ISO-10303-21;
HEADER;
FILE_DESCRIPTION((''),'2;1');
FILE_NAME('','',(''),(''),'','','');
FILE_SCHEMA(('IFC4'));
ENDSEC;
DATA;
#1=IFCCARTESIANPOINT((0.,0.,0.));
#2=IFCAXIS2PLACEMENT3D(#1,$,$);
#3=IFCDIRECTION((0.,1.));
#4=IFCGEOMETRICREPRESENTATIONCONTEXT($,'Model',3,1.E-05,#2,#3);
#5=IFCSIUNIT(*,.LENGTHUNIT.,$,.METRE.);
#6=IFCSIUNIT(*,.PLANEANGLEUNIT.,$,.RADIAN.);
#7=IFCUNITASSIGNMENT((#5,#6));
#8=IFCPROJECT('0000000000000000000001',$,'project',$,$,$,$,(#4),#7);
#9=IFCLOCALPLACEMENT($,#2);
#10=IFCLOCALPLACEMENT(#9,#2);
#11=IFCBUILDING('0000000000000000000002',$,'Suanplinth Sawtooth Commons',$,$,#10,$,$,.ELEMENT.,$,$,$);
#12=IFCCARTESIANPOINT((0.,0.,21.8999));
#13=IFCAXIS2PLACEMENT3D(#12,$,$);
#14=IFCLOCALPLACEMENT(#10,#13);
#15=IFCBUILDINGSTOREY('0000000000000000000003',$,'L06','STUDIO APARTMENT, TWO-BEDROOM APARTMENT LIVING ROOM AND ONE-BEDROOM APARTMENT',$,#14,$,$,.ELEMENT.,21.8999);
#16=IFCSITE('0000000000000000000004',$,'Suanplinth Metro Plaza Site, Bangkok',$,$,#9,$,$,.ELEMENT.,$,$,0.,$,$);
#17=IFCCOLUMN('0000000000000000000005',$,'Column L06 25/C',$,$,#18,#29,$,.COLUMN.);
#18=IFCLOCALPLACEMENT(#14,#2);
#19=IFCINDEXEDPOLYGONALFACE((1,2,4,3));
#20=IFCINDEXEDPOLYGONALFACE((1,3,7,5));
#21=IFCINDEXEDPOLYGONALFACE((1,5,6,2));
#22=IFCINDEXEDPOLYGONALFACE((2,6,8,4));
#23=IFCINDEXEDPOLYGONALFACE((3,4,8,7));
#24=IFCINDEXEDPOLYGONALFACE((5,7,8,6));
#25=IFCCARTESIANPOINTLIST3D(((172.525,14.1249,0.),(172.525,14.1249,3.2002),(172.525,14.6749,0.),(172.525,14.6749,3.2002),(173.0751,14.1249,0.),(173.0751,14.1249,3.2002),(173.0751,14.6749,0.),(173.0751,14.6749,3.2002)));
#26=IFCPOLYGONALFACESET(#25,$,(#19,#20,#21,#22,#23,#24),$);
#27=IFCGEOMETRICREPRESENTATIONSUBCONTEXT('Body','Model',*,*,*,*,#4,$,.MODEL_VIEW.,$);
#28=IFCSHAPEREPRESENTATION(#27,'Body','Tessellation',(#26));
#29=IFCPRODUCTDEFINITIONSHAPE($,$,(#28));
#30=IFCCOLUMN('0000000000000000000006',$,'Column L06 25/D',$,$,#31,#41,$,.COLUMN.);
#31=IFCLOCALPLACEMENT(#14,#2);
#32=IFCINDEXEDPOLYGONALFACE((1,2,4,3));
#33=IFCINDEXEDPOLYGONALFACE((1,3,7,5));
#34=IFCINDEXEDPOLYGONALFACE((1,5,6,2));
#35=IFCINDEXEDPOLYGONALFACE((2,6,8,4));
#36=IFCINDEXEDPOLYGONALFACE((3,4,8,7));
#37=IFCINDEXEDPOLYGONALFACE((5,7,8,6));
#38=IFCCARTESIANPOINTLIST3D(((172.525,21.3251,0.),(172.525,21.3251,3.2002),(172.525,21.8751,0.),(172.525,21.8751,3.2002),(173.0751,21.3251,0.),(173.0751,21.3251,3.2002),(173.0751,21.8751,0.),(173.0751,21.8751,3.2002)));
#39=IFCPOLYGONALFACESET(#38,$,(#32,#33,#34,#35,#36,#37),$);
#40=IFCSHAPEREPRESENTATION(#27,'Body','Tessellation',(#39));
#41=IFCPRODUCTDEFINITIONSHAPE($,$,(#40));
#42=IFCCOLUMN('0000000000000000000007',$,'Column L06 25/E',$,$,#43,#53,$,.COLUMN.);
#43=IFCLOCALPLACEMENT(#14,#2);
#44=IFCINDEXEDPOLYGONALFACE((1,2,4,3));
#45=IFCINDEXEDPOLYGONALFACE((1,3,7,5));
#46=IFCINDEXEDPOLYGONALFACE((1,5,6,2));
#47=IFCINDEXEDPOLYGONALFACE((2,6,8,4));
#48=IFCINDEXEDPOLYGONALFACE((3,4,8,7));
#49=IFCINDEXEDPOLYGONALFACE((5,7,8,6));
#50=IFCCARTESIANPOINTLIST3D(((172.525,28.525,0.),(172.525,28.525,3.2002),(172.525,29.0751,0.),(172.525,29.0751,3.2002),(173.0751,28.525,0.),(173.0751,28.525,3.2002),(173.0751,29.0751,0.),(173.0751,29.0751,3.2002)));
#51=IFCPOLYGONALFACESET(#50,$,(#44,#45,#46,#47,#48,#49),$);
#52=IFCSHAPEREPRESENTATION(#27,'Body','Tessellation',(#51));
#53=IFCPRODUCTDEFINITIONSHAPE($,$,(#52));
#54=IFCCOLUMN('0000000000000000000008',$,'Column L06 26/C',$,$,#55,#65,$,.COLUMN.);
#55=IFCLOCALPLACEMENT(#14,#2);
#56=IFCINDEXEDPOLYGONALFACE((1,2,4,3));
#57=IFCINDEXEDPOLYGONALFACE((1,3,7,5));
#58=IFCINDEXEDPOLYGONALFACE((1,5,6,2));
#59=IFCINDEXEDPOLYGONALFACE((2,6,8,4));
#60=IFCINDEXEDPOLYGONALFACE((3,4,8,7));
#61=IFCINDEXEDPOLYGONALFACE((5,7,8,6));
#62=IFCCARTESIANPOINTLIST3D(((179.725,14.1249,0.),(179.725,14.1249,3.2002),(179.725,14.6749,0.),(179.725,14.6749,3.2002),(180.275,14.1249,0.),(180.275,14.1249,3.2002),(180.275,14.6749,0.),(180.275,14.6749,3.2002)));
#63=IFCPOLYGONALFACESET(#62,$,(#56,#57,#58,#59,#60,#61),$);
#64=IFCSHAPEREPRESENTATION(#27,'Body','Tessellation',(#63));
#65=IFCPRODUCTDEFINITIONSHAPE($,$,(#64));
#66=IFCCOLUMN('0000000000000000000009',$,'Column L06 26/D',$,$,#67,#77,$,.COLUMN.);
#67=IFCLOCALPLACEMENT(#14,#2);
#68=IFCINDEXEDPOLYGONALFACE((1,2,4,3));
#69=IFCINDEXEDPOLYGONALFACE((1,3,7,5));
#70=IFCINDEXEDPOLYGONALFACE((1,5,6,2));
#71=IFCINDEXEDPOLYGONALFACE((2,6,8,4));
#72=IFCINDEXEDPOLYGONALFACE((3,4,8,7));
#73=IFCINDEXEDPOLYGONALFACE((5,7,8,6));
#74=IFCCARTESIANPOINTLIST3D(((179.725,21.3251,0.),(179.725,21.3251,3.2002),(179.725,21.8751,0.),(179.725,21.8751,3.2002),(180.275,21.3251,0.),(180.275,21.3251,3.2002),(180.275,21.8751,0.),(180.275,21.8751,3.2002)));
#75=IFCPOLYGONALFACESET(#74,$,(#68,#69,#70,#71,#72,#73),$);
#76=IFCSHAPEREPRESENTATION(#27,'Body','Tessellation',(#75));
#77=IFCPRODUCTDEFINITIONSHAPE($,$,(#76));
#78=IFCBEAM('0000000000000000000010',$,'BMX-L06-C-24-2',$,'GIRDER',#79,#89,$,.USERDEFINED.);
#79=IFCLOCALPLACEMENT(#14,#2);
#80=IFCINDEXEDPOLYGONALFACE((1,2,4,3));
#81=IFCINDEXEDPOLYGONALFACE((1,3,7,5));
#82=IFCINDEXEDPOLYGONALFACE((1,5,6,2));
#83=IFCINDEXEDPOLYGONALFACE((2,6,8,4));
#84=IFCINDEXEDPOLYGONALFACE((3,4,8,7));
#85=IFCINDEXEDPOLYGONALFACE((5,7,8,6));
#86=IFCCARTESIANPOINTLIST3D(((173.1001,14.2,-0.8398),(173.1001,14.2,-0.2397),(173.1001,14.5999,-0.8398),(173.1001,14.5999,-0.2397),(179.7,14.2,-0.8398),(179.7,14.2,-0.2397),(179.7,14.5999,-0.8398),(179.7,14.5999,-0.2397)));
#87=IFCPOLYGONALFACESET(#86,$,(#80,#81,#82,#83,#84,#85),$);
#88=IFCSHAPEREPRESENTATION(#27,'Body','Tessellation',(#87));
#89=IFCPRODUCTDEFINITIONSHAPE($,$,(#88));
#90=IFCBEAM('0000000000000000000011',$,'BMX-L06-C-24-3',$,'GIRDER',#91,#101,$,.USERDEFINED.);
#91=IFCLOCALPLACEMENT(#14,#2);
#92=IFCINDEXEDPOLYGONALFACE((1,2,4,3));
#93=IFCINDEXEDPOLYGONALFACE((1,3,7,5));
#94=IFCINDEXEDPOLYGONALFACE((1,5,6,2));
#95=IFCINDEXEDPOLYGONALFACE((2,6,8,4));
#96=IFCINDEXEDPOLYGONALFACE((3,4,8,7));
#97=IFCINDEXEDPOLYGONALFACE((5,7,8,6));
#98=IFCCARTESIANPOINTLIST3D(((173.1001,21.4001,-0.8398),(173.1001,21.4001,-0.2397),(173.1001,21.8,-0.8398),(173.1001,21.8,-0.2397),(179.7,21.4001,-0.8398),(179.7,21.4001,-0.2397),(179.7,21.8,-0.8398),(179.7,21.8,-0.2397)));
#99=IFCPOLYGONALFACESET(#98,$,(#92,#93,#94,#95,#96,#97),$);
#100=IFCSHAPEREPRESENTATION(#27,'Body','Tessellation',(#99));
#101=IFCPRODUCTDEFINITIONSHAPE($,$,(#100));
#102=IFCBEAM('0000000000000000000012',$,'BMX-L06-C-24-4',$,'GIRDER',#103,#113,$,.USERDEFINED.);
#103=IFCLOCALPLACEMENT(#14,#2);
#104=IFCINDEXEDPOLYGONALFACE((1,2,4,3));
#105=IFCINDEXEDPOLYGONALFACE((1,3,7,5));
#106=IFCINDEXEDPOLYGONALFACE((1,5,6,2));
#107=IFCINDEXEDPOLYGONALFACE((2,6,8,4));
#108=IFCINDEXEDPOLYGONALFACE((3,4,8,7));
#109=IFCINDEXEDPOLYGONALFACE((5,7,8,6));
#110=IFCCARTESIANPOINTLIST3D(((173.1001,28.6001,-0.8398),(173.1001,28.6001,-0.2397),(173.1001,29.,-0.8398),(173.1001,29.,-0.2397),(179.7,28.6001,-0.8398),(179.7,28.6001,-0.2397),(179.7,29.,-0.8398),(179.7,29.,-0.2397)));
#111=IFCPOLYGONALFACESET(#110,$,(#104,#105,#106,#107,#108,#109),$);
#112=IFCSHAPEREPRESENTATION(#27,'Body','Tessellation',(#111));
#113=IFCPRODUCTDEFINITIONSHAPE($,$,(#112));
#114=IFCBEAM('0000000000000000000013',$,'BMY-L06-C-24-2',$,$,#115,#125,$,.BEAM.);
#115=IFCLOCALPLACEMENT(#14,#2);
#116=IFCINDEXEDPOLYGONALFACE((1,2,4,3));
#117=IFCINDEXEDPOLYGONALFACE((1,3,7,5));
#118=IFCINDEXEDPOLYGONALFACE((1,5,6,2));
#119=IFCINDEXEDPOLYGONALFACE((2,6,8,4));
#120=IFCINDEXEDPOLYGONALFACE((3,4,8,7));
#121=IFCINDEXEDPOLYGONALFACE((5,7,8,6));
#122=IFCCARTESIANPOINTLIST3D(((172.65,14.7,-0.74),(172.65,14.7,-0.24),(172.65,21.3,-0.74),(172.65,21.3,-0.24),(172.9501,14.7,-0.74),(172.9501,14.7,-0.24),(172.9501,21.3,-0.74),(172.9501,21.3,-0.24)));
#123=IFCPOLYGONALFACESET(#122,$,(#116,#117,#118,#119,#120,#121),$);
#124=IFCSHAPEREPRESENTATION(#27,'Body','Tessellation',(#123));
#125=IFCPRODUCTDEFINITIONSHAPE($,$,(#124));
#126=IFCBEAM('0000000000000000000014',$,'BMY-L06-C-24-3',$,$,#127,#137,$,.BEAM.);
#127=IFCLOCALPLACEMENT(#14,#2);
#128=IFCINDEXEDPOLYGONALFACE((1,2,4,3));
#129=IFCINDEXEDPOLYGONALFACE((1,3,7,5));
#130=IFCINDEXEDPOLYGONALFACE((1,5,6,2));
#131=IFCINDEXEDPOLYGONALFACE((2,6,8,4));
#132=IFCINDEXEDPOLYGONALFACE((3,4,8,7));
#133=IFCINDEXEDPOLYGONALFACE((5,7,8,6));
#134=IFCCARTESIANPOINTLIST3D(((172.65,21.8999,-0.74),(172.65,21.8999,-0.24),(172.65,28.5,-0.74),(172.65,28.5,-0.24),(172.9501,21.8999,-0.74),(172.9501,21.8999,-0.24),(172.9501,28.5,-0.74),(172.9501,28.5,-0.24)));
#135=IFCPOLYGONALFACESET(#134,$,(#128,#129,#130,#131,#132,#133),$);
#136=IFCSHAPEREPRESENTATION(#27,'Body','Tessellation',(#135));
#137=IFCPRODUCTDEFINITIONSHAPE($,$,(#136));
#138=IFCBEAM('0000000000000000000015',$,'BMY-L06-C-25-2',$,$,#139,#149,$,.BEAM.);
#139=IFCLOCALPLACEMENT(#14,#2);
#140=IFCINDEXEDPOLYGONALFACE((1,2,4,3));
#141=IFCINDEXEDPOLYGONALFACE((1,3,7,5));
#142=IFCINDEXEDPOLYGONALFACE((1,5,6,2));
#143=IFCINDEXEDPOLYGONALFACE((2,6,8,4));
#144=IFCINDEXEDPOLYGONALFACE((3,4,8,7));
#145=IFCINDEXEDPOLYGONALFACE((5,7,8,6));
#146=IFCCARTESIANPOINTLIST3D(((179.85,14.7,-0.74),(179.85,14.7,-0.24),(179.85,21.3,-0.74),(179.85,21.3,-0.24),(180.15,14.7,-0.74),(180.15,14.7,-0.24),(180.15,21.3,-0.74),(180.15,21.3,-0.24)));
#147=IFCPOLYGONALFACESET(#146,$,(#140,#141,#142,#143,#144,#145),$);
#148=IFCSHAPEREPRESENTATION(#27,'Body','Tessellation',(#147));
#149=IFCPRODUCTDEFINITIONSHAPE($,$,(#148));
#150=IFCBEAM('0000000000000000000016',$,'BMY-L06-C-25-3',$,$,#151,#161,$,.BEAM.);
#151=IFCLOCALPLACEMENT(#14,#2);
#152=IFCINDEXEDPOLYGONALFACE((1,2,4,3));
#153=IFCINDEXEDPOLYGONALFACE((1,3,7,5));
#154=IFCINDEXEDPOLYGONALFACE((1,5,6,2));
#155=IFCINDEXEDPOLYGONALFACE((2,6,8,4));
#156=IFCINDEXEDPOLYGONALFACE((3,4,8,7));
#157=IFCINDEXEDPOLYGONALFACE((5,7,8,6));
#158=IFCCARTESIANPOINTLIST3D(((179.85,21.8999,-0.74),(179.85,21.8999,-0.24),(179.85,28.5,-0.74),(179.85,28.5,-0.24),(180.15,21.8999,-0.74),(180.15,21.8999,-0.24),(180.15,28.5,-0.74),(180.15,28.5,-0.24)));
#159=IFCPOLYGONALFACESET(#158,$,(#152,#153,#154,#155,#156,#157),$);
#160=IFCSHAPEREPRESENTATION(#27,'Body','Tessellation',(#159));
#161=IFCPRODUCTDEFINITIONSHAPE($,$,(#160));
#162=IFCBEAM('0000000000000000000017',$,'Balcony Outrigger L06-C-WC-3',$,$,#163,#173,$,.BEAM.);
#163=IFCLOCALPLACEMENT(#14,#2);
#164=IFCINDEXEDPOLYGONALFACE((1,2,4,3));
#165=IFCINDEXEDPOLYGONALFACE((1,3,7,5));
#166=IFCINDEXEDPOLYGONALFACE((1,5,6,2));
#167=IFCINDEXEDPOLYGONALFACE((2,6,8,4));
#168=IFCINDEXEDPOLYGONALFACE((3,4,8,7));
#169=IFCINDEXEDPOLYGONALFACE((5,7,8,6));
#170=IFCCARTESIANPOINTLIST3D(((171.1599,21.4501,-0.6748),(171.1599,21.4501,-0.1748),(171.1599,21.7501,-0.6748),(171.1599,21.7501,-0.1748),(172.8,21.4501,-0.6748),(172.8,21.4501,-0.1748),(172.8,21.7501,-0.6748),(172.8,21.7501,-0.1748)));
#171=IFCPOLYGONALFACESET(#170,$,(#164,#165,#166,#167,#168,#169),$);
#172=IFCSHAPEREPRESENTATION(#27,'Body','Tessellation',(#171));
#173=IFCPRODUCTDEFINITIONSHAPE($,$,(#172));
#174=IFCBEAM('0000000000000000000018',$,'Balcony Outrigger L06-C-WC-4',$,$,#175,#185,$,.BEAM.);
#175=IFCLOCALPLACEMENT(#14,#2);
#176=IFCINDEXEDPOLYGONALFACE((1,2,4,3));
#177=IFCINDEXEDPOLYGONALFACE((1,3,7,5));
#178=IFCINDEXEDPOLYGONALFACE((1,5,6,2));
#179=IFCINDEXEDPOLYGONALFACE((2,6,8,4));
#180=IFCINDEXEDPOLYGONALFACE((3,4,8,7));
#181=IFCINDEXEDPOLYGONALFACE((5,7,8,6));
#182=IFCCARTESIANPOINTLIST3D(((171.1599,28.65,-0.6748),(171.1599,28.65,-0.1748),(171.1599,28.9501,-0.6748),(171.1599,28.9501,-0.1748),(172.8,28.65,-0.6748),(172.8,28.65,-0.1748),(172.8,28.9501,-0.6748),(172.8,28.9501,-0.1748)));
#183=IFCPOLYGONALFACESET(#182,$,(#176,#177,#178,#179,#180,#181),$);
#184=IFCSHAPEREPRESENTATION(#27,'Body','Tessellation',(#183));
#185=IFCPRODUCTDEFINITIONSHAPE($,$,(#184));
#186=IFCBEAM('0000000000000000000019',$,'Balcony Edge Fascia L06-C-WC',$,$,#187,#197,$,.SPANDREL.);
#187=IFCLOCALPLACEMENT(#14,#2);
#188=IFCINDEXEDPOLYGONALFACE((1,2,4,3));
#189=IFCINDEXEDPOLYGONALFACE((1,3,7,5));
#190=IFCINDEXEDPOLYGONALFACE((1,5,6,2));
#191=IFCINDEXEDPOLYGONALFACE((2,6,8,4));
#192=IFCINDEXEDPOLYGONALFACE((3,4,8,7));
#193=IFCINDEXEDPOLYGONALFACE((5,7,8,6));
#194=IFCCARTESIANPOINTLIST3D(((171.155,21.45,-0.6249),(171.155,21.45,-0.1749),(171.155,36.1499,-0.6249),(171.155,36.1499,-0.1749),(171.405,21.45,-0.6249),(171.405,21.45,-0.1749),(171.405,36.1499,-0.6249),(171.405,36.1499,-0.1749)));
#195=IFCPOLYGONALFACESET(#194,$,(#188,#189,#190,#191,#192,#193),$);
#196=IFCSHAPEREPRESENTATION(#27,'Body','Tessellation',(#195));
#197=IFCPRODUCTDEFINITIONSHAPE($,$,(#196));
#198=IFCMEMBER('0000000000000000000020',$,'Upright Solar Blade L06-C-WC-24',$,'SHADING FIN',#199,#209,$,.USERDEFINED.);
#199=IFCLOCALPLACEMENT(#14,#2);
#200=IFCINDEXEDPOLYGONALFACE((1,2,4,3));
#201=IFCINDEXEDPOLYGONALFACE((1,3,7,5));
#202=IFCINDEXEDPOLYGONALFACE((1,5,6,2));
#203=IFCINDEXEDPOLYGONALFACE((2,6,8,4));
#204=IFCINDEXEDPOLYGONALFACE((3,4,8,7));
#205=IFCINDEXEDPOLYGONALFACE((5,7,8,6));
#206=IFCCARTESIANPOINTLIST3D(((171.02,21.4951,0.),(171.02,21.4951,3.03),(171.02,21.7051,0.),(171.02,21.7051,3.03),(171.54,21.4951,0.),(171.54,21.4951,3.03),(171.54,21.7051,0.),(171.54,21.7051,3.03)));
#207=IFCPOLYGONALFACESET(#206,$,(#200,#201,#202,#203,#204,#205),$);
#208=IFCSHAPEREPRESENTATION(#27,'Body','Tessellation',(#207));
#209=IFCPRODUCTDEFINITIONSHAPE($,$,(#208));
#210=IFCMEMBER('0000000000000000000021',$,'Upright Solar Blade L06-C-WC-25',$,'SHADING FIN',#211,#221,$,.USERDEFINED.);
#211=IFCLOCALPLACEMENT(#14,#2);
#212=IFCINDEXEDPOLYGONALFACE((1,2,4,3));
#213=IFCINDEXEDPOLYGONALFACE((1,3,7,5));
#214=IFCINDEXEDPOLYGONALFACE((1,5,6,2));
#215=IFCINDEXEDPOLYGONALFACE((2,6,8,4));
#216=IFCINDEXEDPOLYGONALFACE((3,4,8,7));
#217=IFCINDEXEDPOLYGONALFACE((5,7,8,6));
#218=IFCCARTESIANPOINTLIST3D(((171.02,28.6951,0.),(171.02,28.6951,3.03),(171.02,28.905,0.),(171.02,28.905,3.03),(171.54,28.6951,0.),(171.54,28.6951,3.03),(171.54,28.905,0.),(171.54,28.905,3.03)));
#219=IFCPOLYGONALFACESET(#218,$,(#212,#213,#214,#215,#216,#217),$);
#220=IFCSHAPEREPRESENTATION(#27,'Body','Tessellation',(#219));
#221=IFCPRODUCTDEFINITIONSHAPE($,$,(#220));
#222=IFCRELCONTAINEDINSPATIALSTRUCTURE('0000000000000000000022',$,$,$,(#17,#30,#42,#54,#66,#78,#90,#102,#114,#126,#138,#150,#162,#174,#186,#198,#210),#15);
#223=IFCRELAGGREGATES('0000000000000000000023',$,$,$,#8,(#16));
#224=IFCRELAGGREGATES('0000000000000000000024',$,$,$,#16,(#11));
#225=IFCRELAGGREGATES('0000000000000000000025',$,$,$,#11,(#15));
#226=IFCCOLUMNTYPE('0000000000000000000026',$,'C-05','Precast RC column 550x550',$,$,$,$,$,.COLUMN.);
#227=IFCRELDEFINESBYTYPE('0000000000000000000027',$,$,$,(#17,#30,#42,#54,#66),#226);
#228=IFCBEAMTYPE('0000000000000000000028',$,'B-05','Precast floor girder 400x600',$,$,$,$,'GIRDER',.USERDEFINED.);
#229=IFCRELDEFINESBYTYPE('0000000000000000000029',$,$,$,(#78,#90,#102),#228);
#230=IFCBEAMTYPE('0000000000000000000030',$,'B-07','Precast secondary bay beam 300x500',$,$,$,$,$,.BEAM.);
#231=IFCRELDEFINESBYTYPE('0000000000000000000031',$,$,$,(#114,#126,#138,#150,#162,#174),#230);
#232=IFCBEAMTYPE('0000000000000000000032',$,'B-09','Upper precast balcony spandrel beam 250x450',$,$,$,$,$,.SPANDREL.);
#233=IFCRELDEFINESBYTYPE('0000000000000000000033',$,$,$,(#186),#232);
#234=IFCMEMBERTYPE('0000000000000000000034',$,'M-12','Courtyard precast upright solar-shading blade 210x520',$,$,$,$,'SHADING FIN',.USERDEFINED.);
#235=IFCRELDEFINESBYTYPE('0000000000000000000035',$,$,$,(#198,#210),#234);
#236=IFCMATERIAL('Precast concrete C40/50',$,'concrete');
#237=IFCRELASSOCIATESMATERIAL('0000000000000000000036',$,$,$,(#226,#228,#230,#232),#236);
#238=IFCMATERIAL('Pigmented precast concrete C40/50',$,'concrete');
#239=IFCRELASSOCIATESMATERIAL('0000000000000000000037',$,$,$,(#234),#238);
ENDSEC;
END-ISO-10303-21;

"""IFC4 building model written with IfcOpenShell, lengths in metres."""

from ifc_helpers import new_model, si_unit, direction, frame, origin, origin_2d, place, context, subcontext, project, spatial, rectangle, extrude, material, material_profile, profile_set, type_object, element, save


model = new_model("IFC4")

# Units and contexts
model_context = context("Model", 3, precision=1e-05, world=origin(), true_north=direction((0.0, 1.0)))
body_context = subcontext(model_context, "Body", "Model", "MODEL_VIEW")
ifc_project = project(units=[si_unit("LENGTHUNIT", "METRE"), si_unit("PLANEANGLEUNIT", "RADIAN")], contexts=[model_context])

# Site, building, storey
site_placement = place(None, origin())
site = spatial("IfcSite", under=ifc_project, at=site_placement, Name="Suanplinth Metro Plaza Site, Bangkok", CompositionType="ELEMENT", RefElevation=0.0)
building_placement = place(site_placement, origin())
building = spatial("IfcBuilding", under=site, at=building_placement, Name="Suanplinth Sawtooth Commons", CompositionType="ELEMENT")
storey_placement = place(building_placement, frame((0.0, 0.0, 21.8999)))
storey = spatial("IfcBuildingStorey", under=building, at=storey_placement, Name="L06", Description="STUDIO APARTMENT, TWO-BEDROOM APARTMENT LIVING ROOM AND ONE-BEDROOM APARTMENT", CompositionType="ELEMENT", Elevation=21.8999)

# Columns
ifc_material_1 = material(Name="Precast concrete C40/50", Category="concrete")
ifc_material_profile_1 = material_profile(ifc_material_1, rectangle(XDim=0.55, YDim=0.55, at=origin_2d()), Name="PC-COL 550x550")
ifc_profile_set_1 = profile_set([ifc_material_profile_1], Name="Precast concrete C40/50")
column_type = type_object("IfcColumnType", Name="C-05", Description="Precast RC column 550x550", PredefinedType="COLUMN", material=ifc_profile_set_1)
for number, where, z_axis, x_axis, name in (
    (1, (172.8, 14.3999, 0.0), (0.0, 0.0, 1.0), (1.0, 0.0, 0.0), "Column L06 25/C"),
    (2, (172.8, 21.6001, 0.0), (0.0, 0.0, 1.0), (1.0, 0.0, 0.0), "Column L06 25/D"),
    (3, (172.8, 28.8, 0.0), (0.0, 0.0, 1.0), (1.0, 0.0, 0.0), "Column L06 25/E"),
    (4, (180.0, 14.3999, 0.0), (0.0, 0.0, 1.0), (1.0, 0.0, 0.0), "Column L06 26/C"),
    (5, (180.0, 21.6001, 0.0), (0.0, 0.0, 1.0), (1.0, 0.0, 0.0), "Column L06 26/D"),
):
    element("IfcColumn", number, at=place(storey_placement, frame(where, z_axis=z_axis, x_axis=x_axis)), inside=storey, type_object=column_type, Name=name, PredefinedType="COLUMN", context=body_context, shape_type="SweptSolid", body=[
        extrude(rectangle(XDim=0.55, YDim=0.55, at=origin_2d()), origin(), (0.0, 0.0, 1.0), 3.2002),
    ])

# Beams
ifc_material_profile_2 = material_profile(ifc_material_1, rectangle(XDim=0.3999, YDim=0.6001, at=origin_2d()), Name="PC-GDR 400x600")
ifc_profile_set_2 = profile_set([ifc_material_profile_2], Name="Precast concrete C40/50")
beam_type_1 = type_object("IfcBeamType", Name="B-05", Description="Precast floor girder 400x600", ElementType="GIRDER", PredefinedType="USERDEFINED", material=ifc_profile_set_2)
for number, where, z_axis, x_axis, name in (
    (6, (173.1001, 14.3999, -0.5398), (1.0, 0.0, 0.0), (0.0, 1.0, 0.0), "BMX-L06-C-24-2"),
    (7, (173.1001, 21.6001, -0.5398), (1.0, 0.0, 0.0), (0.0, 1.0, 0.0), "BMX-L06-C-24-3"),
    (8, (173.1001, 28.8, -0.5398), (1.0, 0.0, 0.0), (0.0, 1.0, 0.0), "BMX-L06-C-24-4"),
):
    element("IfcBeam", number, at=place(storey_placement, frame(where, z_axis=z_axis, x_axis=x_axis)), inside=storey, type_object=beam_type_1, Name=name, ObjectType="GIRDER", PredefinedType="USERDEFINED", context=body_context, shape_type="SweptSolid", body=[
        extrude(rectangle(XDim=0.3999, YDim=0.6001, at=origin_2d()), origin(), (0.0, 0.0, 1.0), 6.5999),
    ])
ifc_material_profile_3 = material_profile(ifc_material_1, rectangle(XDim=0.3, YDim=0.5, at=origin_2d()), Name="PC-BM 300x500")
ifc_profile_set_3 = profile_set([ifc_material_profile_3], Name="Precast concrete C40/50")
beam_type_2 = type_object("IfcBeamType", Name="B-07", Description="Precast secondary bay beam 300x500", PredefinedType="BEAM", material=ifc_profile_set_3)
for number, where, z_axis, x_axis, name in (
    (9, (172.8, 14.7, -0.49), (0.0, 1.0, 0.0), (-1.0, 0.0, 0.0), "BMY-L06-C-24-2"),
    (10, (172.8, 21.8999, -0.49), (0.0, 1.0, 0.0), (-1.0, 0.0, 0.0), "BMY-L06-C-24-3"),
    (11, (180.0, 14.7, -0.49), (0.0, 1.0, 0.0), (-1.0, 0.0, 0.0), "BMY-L06-C-25-2"),
    (12, (180.0, 21.8999, -0.49), (0.0, 1.0, 0.0), (-1.0, 0.0, 0.0), "BMY-L06-C-25-3"),
):
    element("IfcBeam", number, at=place(storey_placement, frame(where, z_axis=z_axis, x_axis=x_axis)), inside=storey, type_object=beam_type_2, Name=name, PredefinedType="BEAM", context=body_context, shape_type="SweptSolid", body=[
        extrude(rectangle(XDim=0.3, YDim=0.5, at=origin_2d()), origin(), (0.0, 0.0, 1.0), 6.6001),
    ])
for number, where, z_axis, x_axis, name in (
    (13, (172.8, 21.6001, -0.4248), (-1.0, 0.0, 0.0), (0.0, -1.0, 0.0), "Balcony Outrigger L06-C-WC-3"),
    (14, (172.8, 28.8, -0.4248), (-1.0, 0.0, 0.0), (0.0, -1.0, 0.0), "Balcony Outrigger L06-C-WC-4"),
):
    element("IfcBeam", number, at=place(storey_placement, frame(where, z_axis=z_axis, x_axis=x_axis)), inside=storey, type_object=beam_type_2, Name=name, PredefinedType="BEAM", context=body_context, shape_type="SweptSolid", body=[
        extrude(rectangle(XDim=0.3, YDim=0.5, at=origin_2d()), origin(), (0.0, 0.0, 1.0), 1.6401),
    ])
ifc_material_profile_4 = material_profile(ifc_material_1, rectangle(XDim=0.25, YDim=0.45, at=origin_2d()), Name="PC-SP 250x450")
ifc_profile_set_4 = profile_set([ifc_material_profile_4], Name="Precast concrete C40/50")
beam_type_3 = type_object("IfcBeamType", Name="B-09", Description="Upper precast balcony spandrel beam 250x450", PredefinedType="SPANDREL", material=ifc_profile_set_4)
beam_placement = place(storey_placement, frame((171.28, 21.45, -0.3999), z_axis=(0.0, 1.0, 0.0), x_axis=(-1.0, 0.0, 0.0)))
element("IfcBeam", 15, at=beam_placement, inside=storey, type_object=beam_type_3, Name="Balcony Edge Fascia L06-C-WC", PredefinedType="SPANDREL", context=body_context, shape_type="SweptSolid", body=[
    extrude(rectangle(XDim=0.25, YDim=0.45, at=origin_2d()), origin(), (0.0, 0.0, 1.0), 14.7),
])

# Members
ifc_material_2 = material(Name="Pigmented precast concrete C40/50", Category="concrete")
ifc_material_profile_5 = material_profile(ifc_material_2, rectangle(XDim=0.21, YDim=0.52, at=origin_2d()), Name="PC-FIN 210x520")
ifc_profile_set_5 = profile_set([ifc_material_profile_5], Name="Pigmented precast concrete C40/50")
member_type = type_object("IfcMemberType", Name="M-12", Description="Courtyard precast upright solar-shading blade 210x520", ElementType="SHADING FIN", PredefinedType="USERDEFINED", material=ifc_profile_set_5)
for number, where, z_axis, x_axis, name in (
    (16, (171.28, 21.6001, 0.0), (0.0, 0.0, 1.0), (0.0, 1.0, 0.0), "Upright Solar Blade L06-C-WC-24"),
    (17, (171.28, 28.8, 0.0), (0.0, 0.0, 1.0), (0.0, 1.0, 0.0), "Upright Solar Blade L06-C-WC-25"),
):
    element("IfcMember", number, at=place(storey_placement, frame(where, z_axis=z_axis, x_axis=x_axis)), inside=storey, type_object=member_type, Name=name, ObjectType="SHADING FIN", PredefinedType="USERDEFINED", context=body_context, shape_type="SweptSolid", body=[
        extrude(rectangle(XDim=0.21, YDim=0.52, at=origin_2d()), origin(), (0.0, 0.0, 1.0), 3.03),
    ])

save(model, "model.ifc")
